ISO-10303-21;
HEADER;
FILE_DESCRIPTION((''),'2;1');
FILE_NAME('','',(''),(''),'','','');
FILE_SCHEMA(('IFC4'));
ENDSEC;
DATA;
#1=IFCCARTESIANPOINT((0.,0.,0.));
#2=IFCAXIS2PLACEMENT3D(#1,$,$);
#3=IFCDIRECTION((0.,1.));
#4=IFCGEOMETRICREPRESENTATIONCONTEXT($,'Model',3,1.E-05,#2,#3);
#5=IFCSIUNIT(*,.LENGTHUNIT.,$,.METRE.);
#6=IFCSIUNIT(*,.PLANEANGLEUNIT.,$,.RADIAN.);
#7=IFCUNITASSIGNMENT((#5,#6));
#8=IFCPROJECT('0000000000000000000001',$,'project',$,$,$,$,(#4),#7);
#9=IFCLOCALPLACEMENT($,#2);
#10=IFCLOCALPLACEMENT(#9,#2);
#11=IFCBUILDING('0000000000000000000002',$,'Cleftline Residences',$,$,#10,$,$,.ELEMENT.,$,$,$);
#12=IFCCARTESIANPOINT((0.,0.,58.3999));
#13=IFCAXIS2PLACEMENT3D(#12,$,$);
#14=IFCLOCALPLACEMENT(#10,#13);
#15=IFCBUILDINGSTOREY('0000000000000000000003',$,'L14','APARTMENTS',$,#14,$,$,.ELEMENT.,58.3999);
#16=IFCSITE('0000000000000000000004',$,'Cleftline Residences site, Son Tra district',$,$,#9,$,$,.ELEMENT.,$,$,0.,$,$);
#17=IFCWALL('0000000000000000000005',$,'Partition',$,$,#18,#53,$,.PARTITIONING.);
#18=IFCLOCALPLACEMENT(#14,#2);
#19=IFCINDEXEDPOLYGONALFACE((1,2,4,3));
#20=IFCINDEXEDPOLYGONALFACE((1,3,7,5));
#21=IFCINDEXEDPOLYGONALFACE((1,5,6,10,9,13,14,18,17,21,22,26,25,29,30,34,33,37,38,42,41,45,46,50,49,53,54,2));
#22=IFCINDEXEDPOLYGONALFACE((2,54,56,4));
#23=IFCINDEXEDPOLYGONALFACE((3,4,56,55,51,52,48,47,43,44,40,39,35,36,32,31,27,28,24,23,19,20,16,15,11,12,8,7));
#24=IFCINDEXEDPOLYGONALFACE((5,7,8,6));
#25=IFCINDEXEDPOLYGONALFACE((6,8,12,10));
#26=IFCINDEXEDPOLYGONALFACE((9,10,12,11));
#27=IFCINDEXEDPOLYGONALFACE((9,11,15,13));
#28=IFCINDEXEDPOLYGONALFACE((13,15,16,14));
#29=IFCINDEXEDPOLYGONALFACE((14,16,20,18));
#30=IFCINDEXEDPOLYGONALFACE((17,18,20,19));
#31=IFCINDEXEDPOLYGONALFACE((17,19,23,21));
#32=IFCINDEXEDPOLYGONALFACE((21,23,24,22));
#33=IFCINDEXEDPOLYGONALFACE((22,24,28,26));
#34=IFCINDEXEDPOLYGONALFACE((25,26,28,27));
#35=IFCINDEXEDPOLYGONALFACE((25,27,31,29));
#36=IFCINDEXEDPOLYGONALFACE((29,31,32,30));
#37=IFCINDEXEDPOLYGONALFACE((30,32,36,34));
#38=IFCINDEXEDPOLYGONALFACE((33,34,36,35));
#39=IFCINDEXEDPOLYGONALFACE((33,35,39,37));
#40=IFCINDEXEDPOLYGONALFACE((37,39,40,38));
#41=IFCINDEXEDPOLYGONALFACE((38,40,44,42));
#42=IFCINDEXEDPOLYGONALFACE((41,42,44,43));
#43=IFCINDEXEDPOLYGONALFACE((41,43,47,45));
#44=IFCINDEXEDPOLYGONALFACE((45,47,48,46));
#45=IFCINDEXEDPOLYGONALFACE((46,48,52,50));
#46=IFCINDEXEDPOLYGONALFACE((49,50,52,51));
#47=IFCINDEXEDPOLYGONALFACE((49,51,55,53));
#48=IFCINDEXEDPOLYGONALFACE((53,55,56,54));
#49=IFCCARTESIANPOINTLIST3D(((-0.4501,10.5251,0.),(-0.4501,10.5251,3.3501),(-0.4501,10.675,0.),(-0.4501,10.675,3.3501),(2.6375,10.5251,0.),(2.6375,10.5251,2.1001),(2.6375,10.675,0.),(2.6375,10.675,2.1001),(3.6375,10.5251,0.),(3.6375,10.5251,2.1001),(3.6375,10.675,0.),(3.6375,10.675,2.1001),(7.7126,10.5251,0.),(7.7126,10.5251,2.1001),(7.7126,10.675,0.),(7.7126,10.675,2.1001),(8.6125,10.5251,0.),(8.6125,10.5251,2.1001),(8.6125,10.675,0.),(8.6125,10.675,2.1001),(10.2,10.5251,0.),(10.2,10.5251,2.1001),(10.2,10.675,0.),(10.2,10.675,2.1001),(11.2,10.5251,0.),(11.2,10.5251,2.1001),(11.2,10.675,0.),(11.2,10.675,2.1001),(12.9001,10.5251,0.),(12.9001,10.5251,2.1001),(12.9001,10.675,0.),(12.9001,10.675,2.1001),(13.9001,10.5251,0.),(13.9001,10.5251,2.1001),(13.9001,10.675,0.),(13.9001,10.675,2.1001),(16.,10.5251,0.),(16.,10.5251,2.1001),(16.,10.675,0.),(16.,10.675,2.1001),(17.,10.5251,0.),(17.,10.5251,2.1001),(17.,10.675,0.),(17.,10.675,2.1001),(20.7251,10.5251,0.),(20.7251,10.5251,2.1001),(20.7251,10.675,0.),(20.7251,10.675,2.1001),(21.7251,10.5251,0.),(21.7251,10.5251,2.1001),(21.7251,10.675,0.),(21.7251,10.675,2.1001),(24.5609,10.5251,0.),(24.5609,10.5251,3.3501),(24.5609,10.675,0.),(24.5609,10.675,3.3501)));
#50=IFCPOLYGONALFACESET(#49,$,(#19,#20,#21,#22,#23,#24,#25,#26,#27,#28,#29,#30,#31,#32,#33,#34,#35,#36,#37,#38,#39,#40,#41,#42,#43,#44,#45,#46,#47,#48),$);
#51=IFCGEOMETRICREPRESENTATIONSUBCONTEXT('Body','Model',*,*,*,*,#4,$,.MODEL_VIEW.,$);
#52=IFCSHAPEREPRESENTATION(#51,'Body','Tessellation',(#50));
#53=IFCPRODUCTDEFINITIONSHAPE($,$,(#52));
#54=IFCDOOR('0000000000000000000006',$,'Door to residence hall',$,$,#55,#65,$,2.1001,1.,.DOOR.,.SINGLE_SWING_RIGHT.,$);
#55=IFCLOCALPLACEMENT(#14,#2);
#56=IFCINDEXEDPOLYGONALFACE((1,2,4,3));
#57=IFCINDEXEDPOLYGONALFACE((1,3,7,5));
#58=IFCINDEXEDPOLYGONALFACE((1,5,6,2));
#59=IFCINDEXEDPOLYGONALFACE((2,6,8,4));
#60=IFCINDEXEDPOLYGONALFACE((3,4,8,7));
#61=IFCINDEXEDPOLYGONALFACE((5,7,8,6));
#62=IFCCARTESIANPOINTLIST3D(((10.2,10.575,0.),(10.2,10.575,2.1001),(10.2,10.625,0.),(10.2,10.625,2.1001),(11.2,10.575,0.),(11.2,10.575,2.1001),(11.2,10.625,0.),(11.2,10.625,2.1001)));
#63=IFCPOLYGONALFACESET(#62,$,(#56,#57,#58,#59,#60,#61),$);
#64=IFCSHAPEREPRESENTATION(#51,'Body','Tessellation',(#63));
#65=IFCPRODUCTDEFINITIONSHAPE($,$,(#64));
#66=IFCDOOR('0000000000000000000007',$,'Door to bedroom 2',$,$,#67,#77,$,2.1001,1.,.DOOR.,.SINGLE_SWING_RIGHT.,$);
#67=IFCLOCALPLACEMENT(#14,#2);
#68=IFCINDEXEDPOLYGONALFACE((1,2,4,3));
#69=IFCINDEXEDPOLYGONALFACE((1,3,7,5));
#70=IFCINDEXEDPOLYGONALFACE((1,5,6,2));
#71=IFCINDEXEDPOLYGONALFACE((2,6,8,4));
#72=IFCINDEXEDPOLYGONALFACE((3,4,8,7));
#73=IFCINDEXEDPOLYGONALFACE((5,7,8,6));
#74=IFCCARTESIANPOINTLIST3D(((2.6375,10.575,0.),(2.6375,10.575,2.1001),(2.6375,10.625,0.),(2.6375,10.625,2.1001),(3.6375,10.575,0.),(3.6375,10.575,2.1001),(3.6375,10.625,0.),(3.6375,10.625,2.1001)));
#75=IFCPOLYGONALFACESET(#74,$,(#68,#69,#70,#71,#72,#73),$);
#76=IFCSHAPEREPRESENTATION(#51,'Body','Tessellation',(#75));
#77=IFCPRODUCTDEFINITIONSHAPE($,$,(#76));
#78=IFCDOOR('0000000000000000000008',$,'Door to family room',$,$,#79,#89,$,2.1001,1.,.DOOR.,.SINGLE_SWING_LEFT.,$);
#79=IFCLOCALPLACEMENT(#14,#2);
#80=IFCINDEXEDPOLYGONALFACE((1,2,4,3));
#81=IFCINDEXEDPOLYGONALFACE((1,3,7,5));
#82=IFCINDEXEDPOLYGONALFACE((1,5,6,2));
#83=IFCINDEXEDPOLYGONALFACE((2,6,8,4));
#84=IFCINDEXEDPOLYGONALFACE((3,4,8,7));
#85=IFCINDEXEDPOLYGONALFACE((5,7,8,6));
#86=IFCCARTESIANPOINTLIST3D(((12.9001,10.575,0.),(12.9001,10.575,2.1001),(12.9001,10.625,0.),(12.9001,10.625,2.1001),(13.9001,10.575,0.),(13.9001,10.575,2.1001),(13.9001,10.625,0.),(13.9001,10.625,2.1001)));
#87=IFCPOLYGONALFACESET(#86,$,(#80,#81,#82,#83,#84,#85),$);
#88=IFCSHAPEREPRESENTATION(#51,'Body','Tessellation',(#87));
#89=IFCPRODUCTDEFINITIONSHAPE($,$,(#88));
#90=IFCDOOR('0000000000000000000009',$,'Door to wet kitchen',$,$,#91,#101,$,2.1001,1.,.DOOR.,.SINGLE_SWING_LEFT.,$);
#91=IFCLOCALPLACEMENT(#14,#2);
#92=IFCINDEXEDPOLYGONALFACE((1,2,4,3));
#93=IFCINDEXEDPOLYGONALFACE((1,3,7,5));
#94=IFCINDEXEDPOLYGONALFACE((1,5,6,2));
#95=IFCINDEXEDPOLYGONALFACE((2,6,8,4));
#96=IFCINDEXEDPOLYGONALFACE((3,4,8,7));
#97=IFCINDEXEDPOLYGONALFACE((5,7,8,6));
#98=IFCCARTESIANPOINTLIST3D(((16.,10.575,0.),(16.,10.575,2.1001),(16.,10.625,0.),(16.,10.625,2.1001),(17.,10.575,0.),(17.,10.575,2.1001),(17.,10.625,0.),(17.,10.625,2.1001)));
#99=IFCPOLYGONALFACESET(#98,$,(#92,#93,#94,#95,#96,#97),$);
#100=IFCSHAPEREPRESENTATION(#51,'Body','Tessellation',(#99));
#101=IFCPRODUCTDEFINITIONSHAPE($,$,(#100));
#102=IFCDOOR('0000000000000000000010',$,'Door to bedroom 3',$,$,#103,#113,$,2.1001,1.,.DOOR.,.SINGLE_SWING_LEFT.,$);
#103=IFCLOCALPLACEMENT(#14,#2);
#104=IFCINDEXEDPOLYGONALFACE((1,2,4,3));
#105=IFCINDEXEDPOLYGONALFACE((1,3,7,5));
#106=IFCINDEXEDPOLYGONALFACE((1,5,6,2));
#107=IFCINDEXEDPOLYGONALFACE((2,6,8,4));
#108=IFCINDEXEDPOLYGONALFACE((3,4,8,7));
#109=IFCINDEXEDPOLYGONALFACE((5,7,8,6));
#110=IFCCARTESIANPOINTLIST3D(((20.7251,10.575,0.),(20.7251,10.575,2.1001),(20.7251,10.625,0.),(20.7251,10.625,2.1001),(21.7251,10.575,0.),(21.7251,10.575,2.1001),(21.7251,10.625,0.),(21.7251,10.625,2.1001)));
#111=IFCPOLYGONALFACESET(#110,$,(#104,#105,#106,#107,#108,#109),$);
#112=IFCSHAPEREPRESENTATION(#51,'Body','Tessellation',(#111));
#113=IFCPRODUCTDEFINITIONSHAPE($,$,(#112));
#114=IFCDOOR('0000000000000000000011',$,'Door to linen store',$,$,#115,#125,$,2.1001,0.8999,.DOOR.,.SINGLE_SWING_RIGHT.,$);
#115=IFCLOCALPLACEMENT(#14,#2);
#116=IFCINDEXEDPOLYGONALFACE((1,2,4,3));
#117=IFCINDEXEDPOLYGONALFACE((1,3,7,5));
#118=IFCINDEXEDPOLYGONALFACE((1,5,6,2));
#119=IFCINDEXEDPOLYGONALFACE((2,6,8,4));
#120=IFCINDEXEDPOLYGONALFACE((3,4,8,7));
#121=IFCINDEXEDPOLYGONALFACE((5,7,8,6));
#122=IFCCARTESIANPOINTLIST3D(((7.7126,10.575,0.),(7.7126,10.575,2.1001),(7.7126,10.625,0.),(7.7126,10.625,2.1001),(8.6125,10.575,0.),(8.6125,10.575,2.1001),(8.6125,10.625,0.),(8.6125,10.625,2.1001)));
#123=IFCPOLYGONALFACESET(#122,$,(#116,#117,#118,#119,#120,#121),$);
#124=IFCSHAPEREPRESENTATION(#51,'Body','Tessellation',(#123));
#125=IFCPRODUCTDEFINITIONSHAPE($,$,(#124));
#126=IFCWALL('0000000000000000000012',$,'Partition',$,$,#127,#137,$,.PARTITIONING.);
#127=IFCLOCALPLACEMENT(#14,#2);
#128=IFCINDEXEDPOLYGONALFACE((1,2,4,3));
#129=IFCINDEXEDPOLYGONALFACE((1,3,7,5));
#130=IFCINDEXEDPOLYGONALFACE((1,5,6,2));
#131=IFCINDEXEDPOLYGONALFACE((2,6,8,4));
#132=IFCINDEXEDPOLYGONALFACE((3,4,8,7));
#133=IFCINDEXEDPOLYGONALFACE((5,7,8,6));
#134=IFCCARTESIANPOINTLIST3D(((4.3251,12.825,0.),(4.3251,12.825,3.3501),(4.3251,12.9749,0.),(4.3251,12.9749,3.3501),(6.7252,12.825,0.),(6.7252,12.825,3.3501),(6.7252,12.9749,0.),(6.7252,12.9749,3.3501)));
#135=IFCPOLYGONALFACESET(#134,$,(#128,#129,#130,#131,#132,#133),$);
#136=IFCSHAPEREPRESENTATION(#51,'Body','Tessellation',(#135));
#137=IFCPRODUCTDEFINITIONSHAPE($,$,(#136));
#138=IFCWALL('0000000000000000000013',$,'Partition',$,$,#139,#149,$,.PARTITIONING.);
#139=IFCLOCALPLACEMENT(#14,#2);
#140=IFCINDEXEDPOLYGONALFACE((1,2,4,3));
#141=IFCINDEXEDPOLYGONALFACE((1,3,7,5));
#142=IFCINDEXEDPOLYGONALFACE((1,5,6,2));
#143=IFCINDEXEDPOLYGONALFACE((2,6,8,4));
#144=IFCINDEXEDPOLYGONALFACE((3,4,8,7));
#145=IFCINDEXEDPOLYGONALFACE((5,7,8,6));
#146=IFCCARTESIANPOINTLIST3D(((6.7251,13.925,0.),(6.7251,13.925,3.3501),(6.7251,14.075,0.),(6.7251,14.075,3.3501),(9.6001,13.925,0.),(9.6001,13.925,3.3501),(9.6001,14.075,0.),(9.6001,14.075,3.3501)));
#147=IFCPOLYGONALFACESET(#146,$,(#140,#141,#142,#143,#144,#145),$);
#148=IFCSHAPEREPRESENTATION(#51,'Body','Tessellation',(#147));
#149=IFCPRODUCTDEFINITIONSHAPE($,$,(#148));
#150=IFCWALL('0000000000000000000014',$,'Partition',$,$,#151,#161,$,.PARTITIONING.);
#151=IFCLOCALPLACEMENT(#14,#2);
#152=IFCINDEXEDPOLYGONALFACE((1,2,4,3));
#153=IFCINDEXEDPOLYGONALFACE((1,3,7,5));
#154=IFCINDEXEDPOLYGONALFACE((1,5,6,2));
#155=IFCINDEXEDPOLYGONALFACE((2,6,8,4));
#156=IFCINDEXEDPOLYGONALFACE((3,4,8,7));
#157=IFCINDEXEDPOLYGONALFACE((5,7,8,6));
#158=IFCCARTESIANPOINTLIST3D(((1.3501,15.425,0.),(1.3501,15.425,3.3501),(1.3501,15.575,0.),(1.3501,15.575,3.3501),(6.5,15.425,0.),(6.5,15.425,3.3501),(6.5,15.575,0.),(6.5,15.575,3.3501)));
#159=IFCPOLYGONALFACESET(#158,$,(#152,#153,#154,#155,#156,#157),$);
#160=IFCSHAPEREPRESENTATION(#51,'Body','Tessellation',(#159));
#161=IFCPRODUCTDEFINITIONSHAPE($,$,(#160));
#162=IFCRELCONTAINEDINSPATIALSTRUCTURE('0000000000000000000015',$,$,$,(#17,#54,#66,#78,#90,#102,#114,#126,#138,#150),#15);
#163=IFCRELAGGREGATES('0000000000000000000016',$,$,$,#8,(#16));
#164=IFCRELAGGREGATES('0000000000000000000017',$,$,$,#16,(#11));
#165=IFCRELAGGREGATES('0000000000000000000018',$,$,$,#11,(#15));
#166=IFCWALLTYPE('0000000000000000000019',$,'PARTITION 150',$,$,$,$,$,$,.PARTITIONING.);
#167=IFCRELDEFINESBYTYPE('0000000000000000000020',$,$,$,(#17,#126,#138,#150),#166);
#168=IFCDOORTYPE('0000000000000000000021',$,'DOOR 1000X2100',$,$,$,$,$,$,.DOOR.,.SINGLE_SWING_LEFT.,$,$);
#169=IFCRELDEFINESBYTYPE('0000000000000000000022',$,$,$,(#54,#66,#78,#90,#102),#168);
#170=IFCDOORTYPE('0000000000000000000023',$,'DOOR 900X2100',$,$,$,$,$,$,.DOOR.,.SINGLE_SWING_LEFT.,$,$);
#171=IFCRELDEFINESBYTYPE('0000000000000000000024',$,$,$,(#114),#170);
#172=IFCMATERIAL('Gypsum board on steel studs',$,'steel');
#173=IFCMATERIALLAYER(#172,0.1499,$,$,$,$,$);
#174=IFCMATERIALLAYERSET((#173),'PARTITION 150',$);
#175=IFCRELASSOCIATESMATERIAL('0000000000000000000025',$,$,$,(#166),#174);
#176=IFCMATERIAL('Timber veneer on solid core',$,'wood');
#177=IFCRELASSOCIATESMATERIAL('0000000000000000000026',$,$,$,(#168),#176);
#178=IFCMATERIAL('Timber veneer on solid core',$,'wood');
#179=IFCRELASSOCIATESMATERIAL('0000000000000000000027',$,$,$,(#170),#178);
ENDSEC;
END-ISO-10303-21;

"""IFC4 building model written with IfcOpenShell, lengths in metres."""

from ifc_helpers import new_model, si_unit, direction, frame, frame_2d, origin, place, context, subcontext, project, spatial, rectangle, extrude, material, layer, layer_set, type_object, element, fill, save


model = new_model("IFC4")

# Units and contexts
model_context = context("Model", 3, precision=1e-05, world=origin(), true_north=direction((0.0, 1.0)))
body_context = subcontext(model_context, "Body", "Model", "MODEL_VIEW")
ifc_project = project(units=[si_unit("LENGTHUNIT", "METRE"), si_unit("PLANEANGLEUNIT", "RADIAN")], contexts=[model_context])

# Site, building, storey
site_placement = place(None, origin())
site = spatial("IfcSite", under=ifc_project, at=site_placement, Name="Cleftline Residences site, Son Tra district", CompositionType="ELEMENT", RefElevation=0.0)
building_placement = place(site_placement, origin())
building = spatial("IfcBuilding", under=site, at=building_placement, Name="Cleftline Residences", CompositionType="ELEMENT")
storey_placement = place(building_placement, frame((0.0, 0.0, 58.3999)))
storey = spatial("IfcBuildingStorey", under=building, at=storey_placement, Name="L14", Description="APARTMENTS", CompositionType="ELEMENT", Elevation=58.3999)

# Wall, openings, doors
ifc_material_1 = material(Name="Gypsum board on steel studs", Category="steel")
ifc_layer = layer(ifc_material_1, 0.1499)
ifc_layer_set = layer_set([ifc_layer], Name="PARTITION 150")
wall_type = type_object("IfcWallType", Name="PARTITION 150", PredefinedType="PARTITIONING", material=ifc_layer_set)
wall_1_placement = place(storey_placement, frame((-0.45, 10.6001, 0.0), z_axis=(0.0, 0.0, 1.0), x_axis=(1.0, 0.0, 0.0)))
wall_1 = element("IfcWall", 1, at=wall_1_placement, inside=storey, type_object=wall_type, Name="Partition", PredefinedType="PARTITIONING", context=body_context, shape_type="SweptSolid", body=[
    extrude(rectangle(XDim=25.011, YDim=0.1499, at=frame_2d((12.5054, 0.0))), origin(), (0.0, 0.0, 1.0), 3.3501),
])
opening_1_placement = place(wall_1_placement, frame((10.6499, 0.0, 0.0)))
opening_1 = element("IfcOpeningElement", 2, at=opening_1_placement, cuts=wall_1, PredefinedType="OPENING", context=body_context, shape_type="SweptSolid", body=[
    extrude(rectangle(XDim=1.0, YDim=2.1001, at=frame_2d((0.5, 1.05))), frame((0.0, 0.085, 0.0), z_axis=(0.0, -1.0, 0.0), x_axis=(1.0, 0.0, 0.0)), (0.0, 0.0, 1.0), 0.1699),
])
opening_2_placement = place(wall_1_placement, frame((3.0874, 0.0, 0.0)))
opening_2 = element("IfcOpeningElement", 3, at=opening_2_placement, cuts=wall_1, PredefinedType="OPENING", context=body_context, shape_type="SweptSolid", body=[
    extrude(rectangle(XDim=1.0, YDim=2.1001, at=frame_2d((0.5, 1.05))), frame((0.0, 0.085, 0.0), z_axis=(0.0, -1.0, 0.0), x_axis=(1.0, 0.0, 0.0)), (0.0, 0.0, 1.0), 0.1699),
])
opening_3_placement = place(wall_1_placement, frame((8.1626, 0.0, 0.0)))
opening_3 = element("IfcOpeningElement", 4, at=opening_3_placement, cuts=wall_1, PredefinedType="OPENING", context=body_context, shape_type="SweptSolid", body=[
    extrude(rectangle(XDim=0.8999, YDim=2.1001, at=frame_2d((0.45, 1.05))), frame((0.0, 0.085, 0.0), z_axis=(0.0, -1.0, 0.0), x_axis=(1.0, 0.0, 0.0)), (0.0, 0.0, 1.0), 0.1699),
])
opening_4_placement = place(wall_1_placement, frame((13.3501, 0.0, 0.0)))
opening_4 = element("IfcOpeningElement", 5, at=opening_4_placement, cuts=wall_1, PredefinedType="OPENING", context=body_context, shape_type="SweptSolid", body=[
    extrude(rectangle(XDim=1.0, YDim=2.1001, at=frame_2d((0.5, 1.05))), frame((0.0, 0.085, 0.0), z_axis=(0.0, -1.0, 0.0), x_axis=(1.0, 0.0, 0.0)), (0.0, 0.0, 1.0), 0.1699),
])
opening_5_placement = place(wall_1_placement, frame((16.45, 0.0, 0.0)))
opening_5 = element("IfcOpeningElement", 6, at=opening_5_placement, cuts=wall_1, PredefinedType="OPENING", context=body_context, shape_type="SweptSolid", body=[
    extrude(rectangle(XDim=1.0, YDim=2.1001, at=frame_2d((0.5, 1.05))), frame((0.0, 0.085, 0.0), z_axis=(0.0, -1.0, 0.0), x_axis=(1.0, 0.0, 0.0)), (0.0, 0.0, 1.0), 0.1699),
])
opening_6_placement = place(wall_1_placement, frame((21.175, 0.0, 0.0)))
opening_6 = element("IfcOpeningElement", 7, at=opening_6_placement, cuts=wall_1, PredefinedType="OPENING", context=body_context, shape_type="SweptSolid", body=[
    extrude(rectangle(XDim=1.0, YDim=2.1001, at=frame_2d((0.5, 1.05))), frame((0.0, 0.085, 0.0), z_axis=(0.0, -1.0, 0.0), x_axis=(1.0, 0.0, 0.0)), (0.0, 0.0, 1.0), 0.1699),
])
ifc_material_2 = material(Name="Timber veneer on solid core", Category="wood")
door_type_1 = type_object("IfcDoorType", Name="DOOR 1000X2100", OperationType="SINGLE_SWING_LEFT", PredefinedType="DOOR", material=ifc_material_2)
door_1_placement = place(opening_1_placement, origin())
door_1 = element("IfcDoor", 8, at=door_1_placement, inside=storey, type_object=door_type_1, Name="Door to residence hall", OperationType="SINGLE_SWING_RIGHT", OverallHeight=2.1001, OverallWidth=1.0, PredefinedType="DOOR", context=body_context, shape_type="SweptSolid", body=[
    extrude(rectangle(XDim=1.0, YDim=2.1001, at=frame_2d((0.5, 1.05))), frame((0.0, 0.0249, 0.0), z_axis=(0.0, -1.0, 0.0), x_axis=(1.0, 0.0, 0.0)), (0.0, 0.0, 1.0), 0.05),
])
fill(opening_1, door_1)
door_2_placement = place(opening_2_placement, origin())
door_2 = element("IfcDoor", 9, at=door_2_placement, inside=storey, type_object=door_type_1, Name="Door to bedroom 2", OperationType="SINGLE_SWING_RIGHT", OverallHeight=2.1001, OverallWidth=1.0, PredefinedType="DOOR", context=body_context, shape_type="SweptSolid", body=[
    extrude(rectangle(XDim=1.0, YDim=2.1001, at=frame_2d((0.5, 1.05))), frame((0.0, 0.0249, 0.0), z_axis=(0.0, -1.0, 0.0), x_axis=(1.0, 0.0, 0.0)), (0.0, 0.0, 1.0), 0.05),
])
fill(opening_2, door_2)
door_3_placement = place(opening_4_placement, origin())
door_3 = element("IfcDoor", 10, at=door_3_placement, inside=storey, type_object=door_type_1, Name="Door to family room", OperationType="SINGLE_SWING_LEFT", OverallHeight=2.1001, OverallWidth=1.0, PredefinedType="DOOR", context=body_context, shape_type="SweptSolid", body=[
    extrude(rectangle(XDim=1.0, YDim=2.1001, at=frame_2d((0.5, 1.05))), frame((0.0, 0.0249, 0.0), z_axis=(0.0, -1.0, 0.0), x_axis=(1.0, 0.0, 0.0)), (0.0, 0.0, 1.0), 0.05),
])
fill(opening_4, door_3)
door_4_placement = place(opening_5_placement, origin())
door_4 = element("IfcDoor", 11, at=door_4_placement, inside=storey, type_object=door_type_1, Name="Door to wet kitchen", OperationType="SINGLE_SWING_LEFT", OverallHeight=2.1001, OverallWidth=1.0, PredefinedType="DOOR", context=body_context, shape_type="SweptSolid", body=[
    extrude(rectangle(XDim=1.0, YDim=2.1001, at=frame_2d((0.5, 1.05))), frame((0.0, 0.0249, 0.0), z_axis=(0.0, -1.0, 0.0), x_axis=(1.0, 0.0, 0.0)), (0.0, 0.0, 1.0), 0.05),
])
fill(opening_5, door_4)
door_5_placement = place(opening_6_placement, origin())
door_5 = element("IfcDoor", 12, at=door_5_placement, inside=storey, type_object=door_type_1, Name="Door to bedroom 3", OperationType="SINGLE_SWING_LEFT", OverallHeight=2.1001, OverallWidth=1.0, PredefinedType="DOOR", context=body_context, shape_type="SweptSolid", body=[
    extrude(rectangle(XDim=1.0, YDim=2.1001, at=frame_2d((0.5, 1.05))), frame((0.0, 0.0249, 0.0), z_axis=(0.0, -1.0, 0.0), x_axis=(1.0, 0.0, 0.0)), (0.0, 0.0, 1.0), 0.05),
])
fill(opening_6, door_5)
ifc_material_3 = material(Name="Timber veneer on solid core", Category="wood")
door_type_2 = type_object("IfcDoorType", Name="DOOR 900X2100", OperationType="SINGLE_SWING_LEFT", PredefinedType="DOOR", material=ifc_material_3)
door_6_placement = place(opening_3_placement, origin())
door_6 = element("IfcDoor", 13, at=door_6_placement, inside=storey, type_object=door_type_2, Name="Door to linen store", OperationType="SINGLE_SWING_RIGHT", OverallHeight=2.1001, OverallWidth=0.8999, PredefinedType="DOOR", context=body_context, shape_type="SweptSolid", body=[
    extrude(rectangle(XDim=0.8999, YDim=2.1001, at=frame_2d((0.45, 1.05))), frame((0.0, 0.0249, 0.0), z_axis=(0.0, -1.0, 0.0), x_axis=(1.0, 0.0, 0.0)), (0.0, 0.0, 1.0), 0.05),
])
fill(opening_3, door_6)

# Walls
wall_2_placement = place(storey_placement, frame((4.325, 12.8999, 0.0), z_axis=(0.0, 0.0, 1.0), x_axis=(1.0, 0.0, 0.0)))
element("IfcWall", 14, at=wall_2_placement, inside=storey, type_object=wall_type, Name="Partition", PredefinedType="PARTITIONING", context=body_context, shape_type="SweptSolid", body=[
    extrude(rectangle(XDim=2.4001, YDim=0.1499, at=frame_2d((1.2002, 0.0))), origin(), (0.0, 0.0, 1.0), 3.3501),
])
wall_3_placement = place(storey_placement, frame((6.7251, 14.0, 0.0), z_axis=(0.0, 0.0, 1.0), x_axis=(1.0, 0.0, 0.0)))
element("IfcWall", 15, at=wall_3_placement, inside=storey, type_object=wall_type, Name="Partition", PredefinedType="PARTITIONING", context=body_context, shape_type="SweptSolid", body=[
    extrude(rectangle(XDim=2.875, YDim=0.1499, at=frame_2d((1.4375, 0.0))), origin(), (0.0, 0.0, 1.0), 3.3501),
])
wall_4_placement = place(storey_placement, frame((1.3501, 15.5, 0.0), z_axis=(0.0, 0.0, 1.0), x_axis=(1.0, 0.0, 0.0)))
element("IfcWall", 16, at=wall_4_placement, inside=storey, type_object=wall_type, Name="Partition", PredefinedType="PARTITIONING", context=body_context, shape_type="SweptSolid", body=[
    extrude(rectangle(XDim=5.1499, YDim=0.1499, at=frame_2d((2.575, 0.0))), origin(), (0.0, 0.0, 1.0), 3.3501),
])

save(model, "model.ifc")
